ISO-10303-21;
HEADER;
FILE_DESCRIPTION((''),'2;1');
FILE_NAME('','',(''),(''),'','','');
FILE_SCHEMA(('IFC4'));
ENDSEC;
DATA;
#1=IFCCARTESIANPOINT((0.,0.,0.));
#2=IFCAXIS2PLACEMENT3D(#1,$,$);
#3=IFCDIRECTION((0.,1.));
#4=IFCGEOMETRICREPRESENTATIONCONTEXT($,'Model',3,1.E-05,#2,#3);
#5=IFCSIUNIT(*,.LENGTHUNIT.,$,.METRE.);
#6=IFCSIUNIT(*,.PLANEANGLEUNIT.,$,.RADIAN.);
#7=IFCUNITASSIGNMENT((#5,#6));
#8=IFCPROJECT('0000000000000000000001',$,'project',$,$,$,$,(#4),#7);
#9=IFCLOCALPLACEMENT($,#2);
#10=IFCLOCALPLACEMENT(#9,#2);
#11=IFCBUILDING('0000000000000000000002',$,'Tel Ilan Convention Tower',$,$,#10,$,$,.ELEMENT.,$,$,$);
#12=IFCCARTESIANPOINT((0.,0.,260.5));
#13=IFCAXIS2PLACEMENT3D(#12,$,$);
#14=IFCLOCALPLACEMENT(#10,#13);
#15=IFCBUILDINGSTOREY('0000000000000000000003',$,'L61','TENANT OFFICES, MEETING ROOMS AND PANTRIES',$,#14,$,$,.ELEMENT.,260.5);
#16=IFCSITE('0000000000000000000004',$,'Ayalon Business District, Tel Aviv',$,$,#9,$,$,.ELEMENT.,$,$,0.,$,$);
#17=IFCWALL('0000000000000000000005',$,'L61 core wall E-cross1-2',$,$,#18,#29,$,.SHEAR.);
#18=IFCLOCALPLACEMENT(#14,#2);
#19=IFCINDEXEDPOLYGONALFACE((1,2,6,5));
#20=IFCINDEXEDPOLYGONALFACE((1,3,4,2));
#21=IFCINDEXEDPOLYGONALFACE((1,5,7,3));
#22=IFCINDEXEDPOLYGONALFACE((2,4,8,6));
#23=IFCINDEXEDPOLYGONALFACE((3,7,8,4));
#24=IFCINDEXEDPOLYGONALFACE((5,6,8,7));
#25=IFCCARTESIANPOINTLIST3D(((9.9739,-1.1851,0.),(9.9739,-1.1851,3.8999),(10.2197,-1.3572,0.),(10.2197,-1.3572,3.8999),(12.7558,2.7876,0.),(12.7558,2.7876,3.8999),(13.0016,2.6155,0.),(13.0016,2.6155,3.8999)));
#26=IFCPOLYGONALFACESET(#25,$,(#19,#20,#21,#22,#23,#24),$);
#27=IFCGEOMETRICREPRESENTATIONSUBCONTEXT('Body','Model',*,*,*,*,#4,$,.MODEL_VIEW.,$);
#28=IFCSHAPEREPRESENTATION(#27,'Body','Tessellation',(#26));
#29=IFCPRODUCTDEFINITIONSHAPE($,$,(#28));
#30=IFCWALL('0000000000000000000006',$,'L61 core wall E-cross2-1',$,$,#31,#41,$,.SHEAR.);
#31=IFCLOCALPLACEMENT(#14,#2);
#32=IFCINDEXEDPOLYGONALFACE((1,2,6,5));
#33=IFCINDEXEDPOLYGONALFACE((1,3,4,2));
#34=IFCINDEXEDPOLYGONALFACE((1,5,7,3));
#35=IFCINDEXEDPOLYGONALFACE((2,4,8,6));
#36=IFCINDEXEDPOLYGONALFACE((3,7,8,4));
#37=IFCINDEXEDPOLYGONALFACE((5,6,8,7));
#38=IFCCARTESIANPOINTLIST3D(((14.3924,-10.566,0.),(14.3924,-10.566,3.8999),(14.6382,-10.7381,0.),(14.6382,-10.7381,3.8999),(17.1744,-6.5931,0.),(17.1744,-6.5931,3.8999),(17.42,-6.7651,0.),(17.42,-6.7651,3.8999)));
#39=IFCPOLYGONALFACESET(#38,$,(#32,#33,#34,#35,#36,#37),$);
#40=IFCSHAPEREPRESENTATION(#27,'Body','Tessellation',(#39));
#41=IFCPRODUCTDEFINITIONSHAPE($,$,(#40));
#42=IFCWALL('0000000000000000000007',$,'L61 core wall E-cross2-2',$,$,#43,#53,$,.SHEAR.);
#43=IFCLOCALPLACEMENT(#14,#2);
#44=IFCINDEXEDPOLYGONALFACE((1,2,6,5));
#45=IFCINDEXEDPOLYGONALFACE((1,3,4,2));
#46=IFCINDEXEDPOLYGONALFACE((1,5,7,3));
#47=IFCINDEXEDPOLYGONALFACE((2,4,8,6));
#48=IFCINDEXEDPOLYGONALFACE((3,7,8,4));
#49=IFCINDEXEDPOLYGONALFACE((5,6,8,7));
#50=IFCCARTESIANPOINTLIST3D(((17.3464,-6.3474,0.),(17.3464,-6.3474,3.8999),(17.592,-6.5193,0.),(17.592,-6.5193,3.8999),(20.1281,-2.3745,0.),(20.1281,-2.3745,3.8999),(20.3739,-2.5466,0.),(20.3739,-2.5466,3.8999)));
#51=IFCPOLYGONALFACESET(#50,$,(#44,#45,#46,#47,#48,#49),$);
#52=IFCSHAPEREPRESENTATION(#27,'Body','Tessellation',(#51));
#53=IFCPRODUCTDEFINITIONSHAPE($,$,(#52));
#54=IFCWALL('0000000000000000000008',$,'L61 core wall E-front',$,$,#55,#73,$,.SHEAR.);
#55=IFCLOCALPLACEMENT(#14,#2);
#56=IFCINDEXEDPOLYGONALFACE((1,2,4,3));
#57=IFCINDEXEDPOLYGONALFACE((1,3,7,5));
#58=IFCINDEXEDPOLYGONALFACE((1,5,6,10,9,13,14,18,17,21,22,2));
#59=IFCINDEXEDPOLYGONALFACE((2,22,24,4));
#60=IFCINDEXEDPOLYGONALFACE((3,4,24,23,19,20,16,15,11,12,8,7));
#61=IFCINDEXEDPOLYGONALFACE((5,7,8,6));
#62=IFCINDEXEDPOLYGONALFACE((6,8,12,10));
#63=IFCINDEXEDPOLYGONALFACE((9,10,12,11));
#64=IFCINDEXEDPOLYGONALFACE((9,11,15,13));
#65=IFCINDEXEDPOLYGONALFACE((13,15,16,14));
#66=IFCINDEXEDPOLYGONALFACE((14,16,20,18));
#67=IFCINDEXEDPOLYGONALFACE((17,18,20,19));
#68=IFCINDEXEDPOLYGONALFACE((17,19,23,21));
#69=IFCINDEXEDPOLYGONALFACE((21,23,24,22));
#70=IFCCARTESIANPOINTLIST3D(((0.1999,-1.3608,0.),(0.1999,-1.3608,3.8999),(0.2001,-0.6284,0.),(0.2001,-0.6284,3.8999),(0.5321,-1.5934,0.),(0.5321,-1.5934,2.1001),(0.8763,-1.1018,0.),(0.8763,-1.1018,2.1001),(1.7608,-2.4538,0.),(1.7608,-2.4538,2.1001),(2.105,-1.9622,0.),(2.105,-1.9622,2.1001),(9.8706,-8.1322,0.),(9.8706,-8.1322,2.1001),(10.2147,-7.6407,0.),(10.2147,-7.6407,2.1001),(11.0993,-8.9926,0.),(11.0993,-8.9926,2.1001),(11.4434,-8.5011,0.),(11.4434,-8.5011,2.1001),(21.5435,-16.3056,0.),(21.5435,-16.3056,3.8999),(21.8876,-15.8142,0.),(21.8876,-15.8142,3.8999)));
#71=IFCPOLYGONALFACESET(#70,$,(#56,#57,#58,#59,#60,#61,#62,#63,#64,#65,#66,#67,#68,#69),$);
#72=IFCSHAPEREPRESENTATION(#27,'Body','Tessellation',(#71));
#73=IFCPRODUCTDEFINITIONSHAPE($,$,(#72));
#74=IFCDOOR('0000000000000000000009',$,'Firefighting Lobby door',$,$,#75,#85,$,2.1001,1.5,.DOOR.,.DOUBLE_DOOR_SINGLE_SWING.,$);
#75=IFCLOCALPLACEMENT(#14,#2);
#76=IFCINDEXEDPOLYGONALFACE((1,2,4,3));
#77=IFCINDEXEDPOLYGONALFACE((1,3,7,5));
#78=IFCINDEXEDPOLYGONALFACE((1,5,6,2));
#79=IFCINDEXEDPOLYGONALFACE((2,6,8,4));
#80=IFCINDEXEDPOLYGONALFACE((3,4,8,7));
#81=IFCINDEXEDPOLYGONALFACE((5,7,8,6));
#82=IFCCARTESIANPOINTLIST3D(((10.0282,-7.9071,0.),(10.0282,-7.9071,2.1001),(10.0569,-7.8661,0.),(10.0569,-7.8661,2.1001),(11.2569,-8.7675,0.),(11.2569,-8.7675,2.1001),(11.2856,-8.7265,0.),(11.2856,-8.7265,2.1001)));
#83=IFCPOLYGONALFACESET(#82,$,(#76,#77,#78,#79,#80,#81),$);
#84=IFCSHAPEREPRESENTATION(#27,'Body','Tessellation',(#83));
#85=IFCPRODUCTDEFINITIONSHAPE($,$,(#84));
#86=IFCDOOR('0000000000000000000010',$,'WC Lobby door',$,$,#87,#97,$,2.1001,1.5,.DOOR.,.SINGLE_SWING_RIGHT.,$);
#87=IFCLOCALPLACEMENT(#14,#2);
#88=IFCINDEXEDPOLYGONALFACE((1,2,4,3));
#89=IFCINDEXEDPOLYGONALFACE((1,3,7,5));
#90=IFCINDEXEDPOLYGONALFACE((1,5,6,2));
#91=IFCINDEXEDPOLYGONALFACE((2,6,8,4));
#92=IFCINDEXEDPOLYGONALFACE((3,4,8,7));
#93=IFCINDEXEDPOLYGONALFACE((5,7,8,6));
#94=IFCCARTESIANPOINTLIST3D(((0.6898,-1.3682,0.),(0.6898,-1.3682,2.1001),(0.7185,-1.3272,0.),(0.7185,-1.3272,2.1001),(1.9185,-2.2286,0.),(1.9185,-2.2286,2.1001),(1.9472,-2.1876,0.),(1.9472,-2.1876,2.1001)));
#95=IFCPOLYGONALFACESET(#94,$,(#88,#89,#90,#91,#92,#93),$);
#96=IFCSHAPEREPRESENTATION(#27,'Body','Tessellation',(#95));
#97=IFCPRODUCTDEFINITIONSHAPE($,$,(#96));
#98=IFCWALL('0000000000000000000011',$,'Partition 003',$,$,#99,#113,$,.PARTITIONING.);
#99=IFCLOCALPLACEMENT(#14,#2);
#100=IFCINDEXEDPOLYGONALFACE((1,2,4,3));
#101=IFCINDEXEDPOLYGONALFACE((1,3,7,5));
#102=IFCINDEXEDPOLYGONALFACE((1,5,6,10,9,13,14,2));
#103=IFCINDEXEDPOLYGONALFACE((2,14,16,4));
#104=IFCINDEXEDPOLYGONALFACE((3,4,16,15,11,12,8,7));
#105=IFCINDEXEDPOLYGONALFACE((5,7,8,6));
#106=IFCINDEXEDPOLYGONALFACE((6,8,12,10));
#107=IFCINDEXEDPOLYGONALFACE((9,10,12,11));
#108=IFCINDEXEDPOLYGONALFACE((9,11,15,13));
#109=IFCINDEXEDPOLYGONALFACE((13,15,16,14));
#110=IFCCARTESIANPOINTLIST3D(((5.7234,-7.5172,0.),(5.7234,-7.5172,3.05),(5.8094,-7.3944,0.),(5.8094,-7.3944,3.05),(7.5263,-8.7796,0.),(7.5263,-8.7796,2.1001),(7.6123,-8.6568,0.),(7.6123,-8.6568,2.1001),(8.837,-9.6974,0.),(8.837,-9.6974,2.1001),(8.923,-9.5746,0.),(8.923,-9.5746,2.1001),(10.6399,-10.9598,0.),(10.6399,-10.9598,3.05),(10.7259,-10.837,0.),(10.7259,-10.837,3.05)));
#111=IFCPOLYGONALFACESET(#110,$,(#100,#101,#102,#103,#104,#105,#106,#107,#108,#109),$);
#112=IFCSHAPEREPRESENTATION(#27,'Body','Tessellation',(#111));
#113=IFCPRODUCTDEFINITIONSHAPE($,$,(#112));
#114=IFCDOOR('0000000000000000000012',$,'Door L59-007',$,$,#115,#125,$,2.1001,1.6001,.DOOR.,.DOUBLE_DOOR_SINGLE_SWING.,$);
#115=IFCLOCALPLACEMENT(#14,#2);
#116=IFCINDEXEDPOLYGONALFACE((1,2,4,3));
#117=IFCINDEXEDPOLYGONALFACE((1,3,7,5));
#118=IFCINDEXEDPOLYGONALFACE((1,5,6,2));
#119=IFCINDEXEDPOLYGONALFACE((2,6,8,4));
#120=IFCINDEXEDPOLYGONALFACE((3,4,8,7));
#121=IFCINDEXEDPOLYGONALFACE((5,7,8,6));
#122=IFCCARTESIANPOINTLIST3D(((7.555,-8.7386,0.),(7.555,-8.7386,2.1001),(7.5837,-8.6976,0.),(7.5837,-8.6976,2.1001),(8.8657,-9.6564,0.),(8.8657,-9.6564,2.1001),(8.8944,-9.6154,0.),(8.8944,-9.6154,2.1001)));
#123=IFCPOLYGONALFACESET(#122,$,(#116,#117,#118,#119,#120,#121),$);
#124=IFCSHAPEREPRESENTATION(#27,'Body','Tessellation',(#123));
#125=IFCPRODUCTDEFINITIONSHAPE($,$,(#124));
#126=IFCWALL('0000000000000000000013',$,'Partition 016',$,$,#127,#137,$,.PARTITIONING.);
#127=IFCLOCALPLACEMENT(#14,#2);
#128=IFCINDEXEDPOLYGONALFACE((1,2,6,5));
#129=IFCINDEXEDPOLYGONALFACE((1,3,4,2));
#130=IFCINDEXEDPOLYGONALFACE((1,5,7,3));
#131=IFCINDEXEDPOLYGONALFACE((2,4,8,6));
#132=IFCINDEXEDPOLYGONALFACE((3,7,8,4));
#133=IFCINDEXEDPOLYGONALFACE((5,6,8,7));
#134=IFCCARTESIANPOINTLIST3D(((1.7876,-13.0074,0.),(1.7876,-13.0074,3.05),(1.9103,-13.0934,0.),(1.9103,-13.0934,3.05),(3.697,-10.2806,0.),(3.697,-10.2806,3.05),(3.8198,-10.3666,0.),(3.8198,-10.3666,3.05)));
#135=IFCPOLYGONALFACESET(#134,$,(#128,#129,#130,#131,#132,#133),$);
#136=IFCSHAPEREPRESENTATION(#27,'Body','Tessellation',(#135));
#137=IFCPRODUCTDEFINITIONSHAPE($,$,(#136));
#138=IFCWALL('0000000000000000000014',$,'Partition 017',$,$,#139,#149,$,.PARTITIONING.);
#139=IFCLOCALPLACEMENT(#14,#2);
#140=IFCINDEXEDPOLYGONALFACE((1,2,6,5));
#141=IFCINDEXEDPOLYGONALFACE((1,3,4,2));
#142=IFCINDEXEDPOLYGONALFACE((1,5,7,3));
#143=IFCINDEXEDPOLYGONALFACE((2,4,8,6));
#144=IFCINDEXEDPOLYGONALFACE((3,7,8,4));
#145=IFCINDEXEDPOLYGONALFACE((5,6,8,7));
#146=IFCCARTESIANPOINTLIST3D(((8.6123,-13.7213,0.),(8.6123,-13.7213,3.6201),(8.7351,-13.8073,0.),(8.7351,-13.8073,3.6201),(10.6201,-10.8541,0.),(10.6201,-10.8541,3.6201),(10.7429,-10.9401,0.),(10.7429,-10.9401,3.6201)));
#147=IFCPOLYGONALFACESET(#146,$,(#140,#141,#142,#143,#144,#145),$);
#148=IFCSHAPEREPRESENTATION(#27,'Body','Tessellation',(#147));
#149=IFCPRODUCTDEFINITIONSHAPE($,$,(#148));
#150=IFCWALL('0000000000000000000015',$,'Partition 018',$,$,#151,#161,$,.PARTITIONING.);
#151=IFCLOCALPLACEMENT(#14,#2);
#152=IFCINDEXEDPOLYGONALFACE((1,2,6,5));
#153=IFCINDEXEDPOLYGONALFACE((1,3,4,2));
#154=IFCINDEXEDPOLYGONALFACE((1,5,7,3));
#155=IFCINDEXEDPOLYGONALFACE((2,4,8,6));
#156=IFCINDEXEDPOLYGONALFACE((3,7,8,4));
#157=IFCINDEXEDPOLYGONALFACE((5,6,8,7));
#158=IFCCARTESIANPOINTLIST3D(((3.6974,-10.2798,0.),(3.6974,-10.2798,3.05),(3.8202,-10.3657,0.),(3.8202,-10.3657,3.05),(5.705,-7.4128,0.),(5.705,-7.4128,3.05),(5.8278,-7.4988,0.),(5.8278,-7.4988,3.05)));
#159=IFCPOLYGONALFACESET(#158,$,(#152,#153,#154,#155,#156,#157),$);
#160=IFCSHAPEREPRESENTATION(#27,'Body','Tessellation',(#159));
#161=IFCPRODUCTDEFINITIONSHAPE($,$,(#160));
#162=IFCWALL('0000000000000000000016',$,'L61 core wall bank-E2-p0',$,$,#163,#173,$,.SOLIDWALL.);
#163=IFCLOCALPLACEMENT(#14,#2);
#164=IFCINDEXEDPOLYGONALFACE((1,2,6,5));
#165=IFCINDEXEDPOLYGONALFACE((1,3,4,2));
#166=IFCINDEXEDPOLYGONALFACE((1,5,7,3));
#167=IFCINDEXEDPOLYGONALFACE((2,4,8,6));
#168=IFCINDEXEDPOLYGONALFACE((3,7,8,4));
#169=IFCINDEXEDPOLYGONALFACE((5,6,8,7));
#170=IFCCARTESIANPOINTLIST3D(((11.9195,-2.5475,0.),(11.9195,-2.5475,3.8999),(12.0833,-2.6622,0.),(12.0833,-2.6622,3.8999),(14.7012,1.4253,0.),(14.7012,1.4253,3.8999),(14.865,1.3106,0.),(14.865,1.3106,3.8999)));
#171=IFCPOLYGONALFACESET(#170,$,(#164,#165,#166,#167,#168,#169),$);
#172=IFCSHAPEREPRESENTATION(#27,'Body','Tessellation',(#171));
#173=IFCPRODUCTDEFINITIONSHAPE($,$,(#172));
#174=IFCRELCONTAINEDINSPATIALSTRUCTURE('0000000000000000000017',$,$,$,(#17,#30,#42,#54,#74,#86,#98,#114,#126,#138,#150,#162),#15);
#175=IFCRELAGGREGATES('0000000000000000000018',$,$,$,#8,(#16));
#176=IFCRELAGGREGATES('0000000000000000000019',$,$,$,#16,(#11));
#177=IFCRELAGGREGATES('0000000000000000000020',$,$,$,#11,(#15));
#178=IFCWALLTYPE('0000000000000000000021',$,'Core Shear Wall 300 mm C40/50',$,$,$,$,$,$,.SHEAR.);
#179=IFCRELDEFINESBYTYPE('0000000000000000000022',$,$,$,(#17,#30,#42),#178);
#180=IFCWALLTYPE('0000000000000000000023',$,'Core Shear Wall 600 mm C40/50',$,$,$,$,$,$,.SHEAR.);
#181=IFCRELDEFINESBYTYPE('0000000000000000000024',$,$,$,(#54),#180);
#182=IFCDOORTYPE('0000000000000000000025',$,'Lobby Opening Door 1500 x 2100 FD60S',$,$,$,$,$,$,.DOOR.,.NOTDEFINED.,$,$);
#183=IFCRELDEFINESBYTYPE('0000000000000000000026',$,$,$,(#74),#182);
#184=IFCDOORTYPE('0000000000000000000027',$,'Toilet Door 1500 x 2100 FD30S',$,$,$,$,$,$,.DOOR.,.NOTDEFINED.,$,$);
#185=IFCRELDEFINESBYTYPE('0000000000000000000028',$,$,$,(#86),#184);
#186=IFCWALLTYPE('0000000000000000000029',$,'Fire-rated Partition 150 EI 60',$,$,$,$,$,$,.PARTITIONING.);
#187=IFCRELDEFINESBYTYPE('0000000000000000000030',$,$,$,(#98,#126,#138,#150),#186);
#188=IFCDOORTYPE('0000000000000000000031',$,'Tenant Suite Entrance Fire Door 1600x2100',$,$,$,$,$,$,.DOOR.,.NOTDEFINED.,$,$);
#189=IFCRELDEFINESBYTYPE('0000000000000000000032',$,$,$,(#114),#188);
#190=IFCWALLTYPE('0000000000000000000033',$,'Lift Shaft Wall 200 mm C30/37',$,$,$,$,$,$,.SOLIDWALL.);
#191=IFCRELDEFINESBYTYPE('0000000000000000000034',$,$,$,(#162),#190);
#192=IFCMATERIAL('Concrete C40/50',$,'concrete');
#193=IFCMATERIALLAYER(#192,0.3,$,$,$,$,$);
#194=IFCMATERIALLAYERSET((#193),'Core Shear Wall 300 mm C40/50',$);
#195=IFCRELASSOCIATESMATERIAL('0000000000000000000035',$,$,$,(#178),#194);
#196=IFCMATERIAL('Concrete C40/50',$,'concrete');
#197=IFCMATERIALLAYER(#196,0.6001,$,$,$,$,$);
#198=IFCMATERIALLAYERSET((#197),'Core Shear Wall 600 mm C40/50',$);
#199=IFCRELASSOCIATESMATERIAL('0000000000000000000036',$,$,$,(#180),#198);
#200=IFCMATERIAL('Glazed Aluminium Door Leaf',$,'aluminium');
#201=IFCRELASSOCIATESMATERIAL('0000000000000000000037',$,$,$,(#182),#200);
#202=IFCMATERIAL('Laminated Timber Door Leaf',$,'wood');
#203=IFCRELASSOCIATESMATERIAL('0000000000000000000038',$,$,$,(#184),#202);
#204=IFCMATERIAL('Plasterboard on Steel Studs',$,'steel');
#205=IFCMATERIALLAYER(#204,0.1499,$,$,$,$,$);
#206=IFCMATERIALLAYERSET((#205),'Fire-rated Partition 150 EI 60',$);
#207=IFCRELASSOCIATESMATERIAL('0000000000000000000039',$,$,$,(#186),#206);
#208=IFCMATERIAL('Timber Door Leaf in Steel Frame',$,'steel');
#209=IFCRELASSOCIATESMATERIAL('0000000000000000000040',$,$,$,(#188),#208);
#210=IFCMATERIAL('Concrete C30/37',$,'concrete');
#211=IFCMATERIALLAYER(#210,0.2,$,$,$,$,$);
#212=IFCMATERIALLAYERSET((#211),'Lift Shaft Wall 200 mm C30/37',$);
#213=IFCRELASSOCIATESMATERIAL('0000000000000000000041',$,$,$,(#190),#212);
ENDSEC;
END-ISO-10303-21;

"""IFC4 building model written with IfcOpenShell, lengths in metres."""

from ifc_helpers import new_model, si_unit, direction, frame, frame_2d, origin, place, context, subcontext, project, spatial, polyline, rectangle, outline, extrude, material, layer, layer_set, type_object, element, fill, save


model = new_model("IFC4")

# Units and contexts
model_context = context("Model", 3, precision=1e-05, world=origin(), true_north=direction((0.0, 1.0)))
body_context = subcontext(model_context, "Body", "Model", "MODEL_VIEW")
ifc_project = project(units=[si_unit("LENGTHUNIT", "METRE"), si_unit("PLANEANGLEUNIT", "RADIAN")], contexts=[model_context])

# Site, building, storey
site_placement = place(None, origin())
site = spatial("IfcSite", under=ifc_project, at=site_placement, Name="Ayalon Business District, Tel Aviv", CompositionType="ELEMENT", RefElevation=0.0)
building_placement = place(site_placement, origin())
building = spatial("IfcBuilding", under=site, at=building_placement, Name="Tel Ilan Convention Tower", CompositionType="ELEMENT")
storey_placement = place(building_placement, frame((0.0, 0.0, 260.5)))
storey = spatial("IfcBuildingStorey", under=building, at=storey_placement, Name="L61", Description="TENANT OFFICES, MEETING ROOMS AND PANTRIES", CompositionType="ELEMENT", Elevation=260.5)

# Walls
ifc_material_1 = material(Name="Concrete C40/50", Category="concrete")
ifc_layer_1 = layer(ifc_material_1, 0.3)
ifc_layer_set_1 = layer_set([ifc_layer_1], Name="Core Shear Wall 300 mm C40/50")
wall_type_1 = type_object("IfcWallType", Name="Core Shear Wall 300 mm C40/50", PredefinedType="SHEAR", material=ifc_layer_set_1)
wall_1_placement = place(storey_placement, frame((10.0969, -1.2712, 0.0), z_axis=(0.0, 0.0, 1.0), x_axis=(0.57356, 0.819163, 0.0)))
element("IfcWall", 1, at=wall_1_placement, inside=storey, type_object=wall_type_1, Name="L61 core wall E-cross1-2", PredefinedType="SHEAR", context=body_context, shape_type="SweptSolid", body=[
    extrude(outline(polyline([(4.8499, -0.1501), (4.8499, 0.1499), (0.0, 0.1501), (0.0, -0.1499), (4.8499, -0.1501)])), origin(), (0.0, 0.0, 1.0), 3.8999),
])
wall_2_placement = place(storey_placement, frame((14.5154, -10.6521, 0.0), z_axis=(0.0, 0.0, 1.0), x_axis=(0.57356, 0.819163, 0.0)))
element("IfcWall", 2, at=wall_2_placement, inside=storey, type_object=wall_type_1, Name="L61 core wall E-cross2-1", PredefinedType="SHEAR", context=body_context, shape_type="SweptSolid", body=[
    extrude(outline(polyline([(0.0, 0.1501), (0.0, -0.1499), (4.8501, -0.1499), (4.8501, 0.1499), (0.0, 0.1501)])), origin(), (0.0, 0.0, 1.0), 3.8999),
])
wall_3_placement = place(storey_placement, frame((17.4692, -6.4333, 0.0), z_axis=(0.0, 0.0, 1.0), x_axis=(0.573594, 0.81914, 0.0)))
element("IfcWall", 3, at=wall_3_placement, inside=storey, type_object=wall_type_1, Name="L61 core wall E-cross2-2", PredefinedType="SHEAR", context=body_context, shape_type="SweptSolid", body=[
    extrude(outline(polyline([(4.8499, -0.1499), (4.8499, 0.1501), (0.0, 0.1499), (0.0, -0.1499), (4.8499, -0.1499)])), origin(), (0.0, 0.0, 1.0), 3.8999),
])

# Wall, openings, doors
ifc_material_2 = material(Name="Concrete C40/50", Category="concrete")
ifc_layer_2 = layer(ifc_material_2, 0.6001)
ifc_layer_set_2 = layer_set([ifc_layer_2], Name="Core Shear Wall 600 mm C40/50")
wall_type_2 = type_object("IfcWallType", Name="Core Shear Wall 600 mm C40/50", PredefinedType="SHEAR", material=ifc_layer_set_2)
wall_4_placement = place(storey_placement, frame((0.0278, -0.874, 0.0), z_axis=(0.0, 0.0, 1.0), x_axis=(0.81915, -0.573579, 0.0)))
wall_4 = element("IfcWall", 4, at=wall_4_placement, inside=storey, type_object=wall_type_2, Name="L61 core wall E-front", PredefinedType="SHEAR", context=body_context, shape_type="SweptSolid", body=[
    extrude(outline(polyline([(26.4758, 0.3), (0.0002, 0.3), (0.4202, -0.3), (26.4758, -0.2998), (26.4758, 0.3)])), origin(), (0.0, 0.0, 1.0), 3.8999),
])
opening_1_placement = place(wall_4_placement, frame((0.8257, 0.0, 0.0)))
opening_1 = element("IfcOpeningElement", 5, at=opening_1_placement, cuts=wall_4, PredefinedType="OPENING", context=body_context, shape_type="SweptSolid", body=[
    extrude(rectangle(XDim=1.5, YDim=2.1001, at=frame_2d((0.75, 1.05))), frame((0.0, 0.3101, 0.0), z_axis=(0.0, -1.0, 0.0), x_axis=(1.0, 0.0, 0.0)), (0.0, 0.0, 1.0), 0.6201),
])
opening_2_placement = place(wall_4_placement, frame((12.2258, 0.0, 0.0)))
opening_2 = element("IfcOpeningElement", 6, at=opening_2_placement, cuts=wall_4, PredefinedType="OPENING", context=body_context, shape_type="SweptSolid", body=[
    extrude(rectangle(XDim=1.5, YDim=2.1001, at=frame_2d((0.75, 1.05))), frame((0.0, 0.3101, 0.0), z_axis=(0.0, -1.0, 0.0), x_axis=(1.0, 0.0, 0.0)), (0.0, 0.0, 1.0), 0.6201),
])
ifc_material_3 = material(Name="Glazed Aluminium Door Leaf", Category="aluminium")
door_type_1 = type_object("IfcDoorType", Name="Lobby Opening Door 1500 x 2100 FD60S", OperationType="NOTDEFINED", PredefinedType="DOOR", material=ifc_material_3)
door_1_placement = place(opening_2_placement, origin())
door_1 = element("IfcDoor", 7, at=door_1_placement, inside=storey, type_object=door_type_1, Name="Firefighting Lobby door", OperationType="DOUBLE_DOOR_SINGLE_SWING", OverallHeight=2.1001, OverallWidth=1.5, PredefinedType="DOOR", context=body_context, shape_type="SweptSolid", body=[
    extrude(rectangle(XDim=1.5, YDim=2.1001, at=frame_2d((0.75, 1.05))), frame((0.0, 0.0249, 0.0), z_axis=(0.0, -1.0, 0.0), x_axis=(1.0, 0.0, 0.0)), (0.0, 0.0, 1.0), 0.05),
])
fill(opening_2, door_1)
ifc_material_4 = material(Name="Laminated Timber Door Leaf", Category="wood")
door_type_2 = type_object("IfcDoorType", Name="Toilet Door 1500 x 2100 FD30S", OperationType="NOTDEFINED", PredefinedType="DOOR", material=ifc_material_4)
door_2_placement = place(opening_1_placement, origin())
door_2 = element("IfcDoor", 8, at=door_2_placement, inside=storey, type_object=door_type_2, Name="WC Lobby door", OperationType="SINGLE_SWING_RIGHT", OverallHeight=2.1001, OverallWidth=1.5, PredefinedType="DOOR", context=body_context, shape_type="SweptSolid", body=[
    extrude(rectangle(XDim=1.5, YDim=2.1001, at=frame_2d((0.75, 1.05))), frame((0.0, 0.0249, 0.0), z_axis=(0.0, -1.0, 0.0), x_axis=(1.0, 0.0, 0.0)), (0.0, 0.0, 1.0), 0.05),
])
fill(opening_1, door_2)

# Wall, opening, door
ifc_material_5 = material(Name="Plasterboard on Steel Studs", Category="steel")
ifc_layer_3 = layer(ifc_material_5, 0.1499)
ifc_layer_set_3 = layer_set([ifc_layer_3], Name="Fire-rated Partition 150 EI 60")
wall_type_3 = type_object("IfcWallType", Name="Fire-rated Partition 150 EI 60", PredefinedType="PARTITIONING", material=ifc_layer_set_3)
wall_5_placement = place(storey_placement, frame((10.6829, -10.8984, 0.0), z_axis=(0.0, 0.0, 1.0), x_axis=(-0.819148, 0.573582, 0.0)))
wall_5 = element("IfcWall", 9, at=wall_5_placement, inside=storey, type_object=wall_type_3, Name="Partition 003", PredefinedType="PARTITIONING", context=body_context, shape_type="SweptSolid", body=[
    extrude(rectangle(XDim=6.002, YDim=0.1499, at=frame_2d((3.001, 0.0))), origin(), (0.0, 0.0, 1.0), 3.05),
])
opening_3_placement = place(wall_5_placement, frame((2.2009, 0.0, 0.0)))
opening_3 = element("IfcOpeningElement", 10, at=opening_3_placement, cuts=wall_5, PredefinedType="OPENING", context=body_context, shape_type="SweptSolid", body=[
    extrude(rectangle(XDim=1.6001, YDim=2.1001, at=frame_2d((0.8, 1.05))), frame((0.0, 0.085, 0.0), z_axis=(0.0, -1.0, 0.0), x_axis=(1.0, 0.0, 0.0)), (0.0, 0.0, 1.0), 0.1699),
])
ifc_material_6 = material(Name="Timber Door Leaf in Steel Frame", Category="steel")
door_type_3 = type_object("IfcDoorType", Name="Tenant Suite Entrance Fire Door 1600x2100", OperationType="NOTDEFINED", PredefinedType="DOOR", material=ifc_material_6)
door_3_placement = place(opening_3_placement, origin())
door_3 = element("IfcDoor", 11, at=door_3_placement, inside=storey, type_object=door_type_3, Name="Door L59-007", OperationType="DOUBLE_DOOR_SINGLE_SWING", OverallHeight=2.1001, OverallWidth=1.6001, PredefinedType="DOOR", context=body_context, shape_type="SweptSolid", body=[
    extrude(rectangle(XDim=1.6001, YDim=2.1001, at=frame_2d((0.8, 1.05))), frame((0.0, 0.0249, 0.0), z_axis=(0.0, -1.0, 0.0), x_axis=(1.0, 0.0, 0.0)), (0.0, 0.0, 1.0), 0.05),
])
fill(opening_3, door_3)

# Walls
wall_6_placement = place(storey_placement, frame((1.8489, -13.0505, 0.0), z_axis=(0.0, 0.0, 1.0), x_axis=(0.573595, 0.819139, 0.0)))
element("IfcWall", 12, at=wall_6_placement, inside=storey, type_object=wall_type_3, Name="Partition 016", PredefinedType="PARTITIONING", context=body_context, shape_type="SweptSolid", body=[
    extrude(rectangle(XDim=3.3289, YDim=0.1499, at=frame_2d((1.6646, 0.0))), origin(), (0.0, 0.0, 1.0), 3.05),
])
wall_7_placement = place(storey_placement, frame((10.6814, -10.8972, 0.0), z_axis=(0.0, 0.0, 1.0), x_axis=(-0.573612, -0.819127, 0.0)))
element("IfcWall", 13, at=wall_7_placement, inside=storey, type_object=wall_type_3, Name="Partition 017", PredefinedType="PARTITIONING", context=body_context, shape_type="SweptSolid", body=[
    extrude(rectangle(XDim=3.5002, YDim=0.1499, at=frame_2d((1.75, 0.0))), origin(), (0.0, 0.0, 1.0), 3.6201),
])
wall_8_placement = place(storey_placement, frame((3.7588, -10.3228, 0.0), z_axis=(0.0, 0.0, 1.0), x_axis=(0.573598, 0.819137, 0.0)))
element("IfcWall", 14, at=wall_8_placement, inside=storey, type_object=wall_type_3, Name="Partition 018", PredefinedType="PARTITIONING", context=body_context, shape_type="SweptSolid", body=[
    extrude(rectangle(XDim=3.5, YDim=0.1499, at=frame_2d((1.75, 0.0))), origin(), (0.0, 0.0, 1.0), 3.05),
])
ifc_material_7 = material(Name="Concrete C30/37", Category="concrete")
ifc_layer_4 = layer(ifc_material_7, 0.2)
ifc_layer_set_4 = layer_set([ifc_layer_4], Name="Lift Shaft Wall 200 mm C30/37")
wall_type_4 = type_object("IfcWallType", Name="Lift Shaft Wall 200 mm C30/37", PredefinedType="SOLIDWALL", material=ifc_layer_set_4)
wall_9_placement = place(storey_placement, frame((12.0015, -2.6047, 0.0), z_axis=(0.0, 0.0, 1.0), x_axis=(0.57356, 0.819163, 0.0)))
element("IfcWall", 15, at=wall_9_placement, inside=storey, type_object=wall_type_4, Name="L61 core wall bank-E2-p0", PredefinedType="SOLIDWALL", context=body_context, shape_type="SweptSolid", body=[
    extrude(rectangle(XDim=4.8499, YDim=0.2, at=frame_2d((2.4248, 0.0))), origin(), (0.0, 0.0, 1.0), 3.8999),
])

save(model, "model.ifc")
